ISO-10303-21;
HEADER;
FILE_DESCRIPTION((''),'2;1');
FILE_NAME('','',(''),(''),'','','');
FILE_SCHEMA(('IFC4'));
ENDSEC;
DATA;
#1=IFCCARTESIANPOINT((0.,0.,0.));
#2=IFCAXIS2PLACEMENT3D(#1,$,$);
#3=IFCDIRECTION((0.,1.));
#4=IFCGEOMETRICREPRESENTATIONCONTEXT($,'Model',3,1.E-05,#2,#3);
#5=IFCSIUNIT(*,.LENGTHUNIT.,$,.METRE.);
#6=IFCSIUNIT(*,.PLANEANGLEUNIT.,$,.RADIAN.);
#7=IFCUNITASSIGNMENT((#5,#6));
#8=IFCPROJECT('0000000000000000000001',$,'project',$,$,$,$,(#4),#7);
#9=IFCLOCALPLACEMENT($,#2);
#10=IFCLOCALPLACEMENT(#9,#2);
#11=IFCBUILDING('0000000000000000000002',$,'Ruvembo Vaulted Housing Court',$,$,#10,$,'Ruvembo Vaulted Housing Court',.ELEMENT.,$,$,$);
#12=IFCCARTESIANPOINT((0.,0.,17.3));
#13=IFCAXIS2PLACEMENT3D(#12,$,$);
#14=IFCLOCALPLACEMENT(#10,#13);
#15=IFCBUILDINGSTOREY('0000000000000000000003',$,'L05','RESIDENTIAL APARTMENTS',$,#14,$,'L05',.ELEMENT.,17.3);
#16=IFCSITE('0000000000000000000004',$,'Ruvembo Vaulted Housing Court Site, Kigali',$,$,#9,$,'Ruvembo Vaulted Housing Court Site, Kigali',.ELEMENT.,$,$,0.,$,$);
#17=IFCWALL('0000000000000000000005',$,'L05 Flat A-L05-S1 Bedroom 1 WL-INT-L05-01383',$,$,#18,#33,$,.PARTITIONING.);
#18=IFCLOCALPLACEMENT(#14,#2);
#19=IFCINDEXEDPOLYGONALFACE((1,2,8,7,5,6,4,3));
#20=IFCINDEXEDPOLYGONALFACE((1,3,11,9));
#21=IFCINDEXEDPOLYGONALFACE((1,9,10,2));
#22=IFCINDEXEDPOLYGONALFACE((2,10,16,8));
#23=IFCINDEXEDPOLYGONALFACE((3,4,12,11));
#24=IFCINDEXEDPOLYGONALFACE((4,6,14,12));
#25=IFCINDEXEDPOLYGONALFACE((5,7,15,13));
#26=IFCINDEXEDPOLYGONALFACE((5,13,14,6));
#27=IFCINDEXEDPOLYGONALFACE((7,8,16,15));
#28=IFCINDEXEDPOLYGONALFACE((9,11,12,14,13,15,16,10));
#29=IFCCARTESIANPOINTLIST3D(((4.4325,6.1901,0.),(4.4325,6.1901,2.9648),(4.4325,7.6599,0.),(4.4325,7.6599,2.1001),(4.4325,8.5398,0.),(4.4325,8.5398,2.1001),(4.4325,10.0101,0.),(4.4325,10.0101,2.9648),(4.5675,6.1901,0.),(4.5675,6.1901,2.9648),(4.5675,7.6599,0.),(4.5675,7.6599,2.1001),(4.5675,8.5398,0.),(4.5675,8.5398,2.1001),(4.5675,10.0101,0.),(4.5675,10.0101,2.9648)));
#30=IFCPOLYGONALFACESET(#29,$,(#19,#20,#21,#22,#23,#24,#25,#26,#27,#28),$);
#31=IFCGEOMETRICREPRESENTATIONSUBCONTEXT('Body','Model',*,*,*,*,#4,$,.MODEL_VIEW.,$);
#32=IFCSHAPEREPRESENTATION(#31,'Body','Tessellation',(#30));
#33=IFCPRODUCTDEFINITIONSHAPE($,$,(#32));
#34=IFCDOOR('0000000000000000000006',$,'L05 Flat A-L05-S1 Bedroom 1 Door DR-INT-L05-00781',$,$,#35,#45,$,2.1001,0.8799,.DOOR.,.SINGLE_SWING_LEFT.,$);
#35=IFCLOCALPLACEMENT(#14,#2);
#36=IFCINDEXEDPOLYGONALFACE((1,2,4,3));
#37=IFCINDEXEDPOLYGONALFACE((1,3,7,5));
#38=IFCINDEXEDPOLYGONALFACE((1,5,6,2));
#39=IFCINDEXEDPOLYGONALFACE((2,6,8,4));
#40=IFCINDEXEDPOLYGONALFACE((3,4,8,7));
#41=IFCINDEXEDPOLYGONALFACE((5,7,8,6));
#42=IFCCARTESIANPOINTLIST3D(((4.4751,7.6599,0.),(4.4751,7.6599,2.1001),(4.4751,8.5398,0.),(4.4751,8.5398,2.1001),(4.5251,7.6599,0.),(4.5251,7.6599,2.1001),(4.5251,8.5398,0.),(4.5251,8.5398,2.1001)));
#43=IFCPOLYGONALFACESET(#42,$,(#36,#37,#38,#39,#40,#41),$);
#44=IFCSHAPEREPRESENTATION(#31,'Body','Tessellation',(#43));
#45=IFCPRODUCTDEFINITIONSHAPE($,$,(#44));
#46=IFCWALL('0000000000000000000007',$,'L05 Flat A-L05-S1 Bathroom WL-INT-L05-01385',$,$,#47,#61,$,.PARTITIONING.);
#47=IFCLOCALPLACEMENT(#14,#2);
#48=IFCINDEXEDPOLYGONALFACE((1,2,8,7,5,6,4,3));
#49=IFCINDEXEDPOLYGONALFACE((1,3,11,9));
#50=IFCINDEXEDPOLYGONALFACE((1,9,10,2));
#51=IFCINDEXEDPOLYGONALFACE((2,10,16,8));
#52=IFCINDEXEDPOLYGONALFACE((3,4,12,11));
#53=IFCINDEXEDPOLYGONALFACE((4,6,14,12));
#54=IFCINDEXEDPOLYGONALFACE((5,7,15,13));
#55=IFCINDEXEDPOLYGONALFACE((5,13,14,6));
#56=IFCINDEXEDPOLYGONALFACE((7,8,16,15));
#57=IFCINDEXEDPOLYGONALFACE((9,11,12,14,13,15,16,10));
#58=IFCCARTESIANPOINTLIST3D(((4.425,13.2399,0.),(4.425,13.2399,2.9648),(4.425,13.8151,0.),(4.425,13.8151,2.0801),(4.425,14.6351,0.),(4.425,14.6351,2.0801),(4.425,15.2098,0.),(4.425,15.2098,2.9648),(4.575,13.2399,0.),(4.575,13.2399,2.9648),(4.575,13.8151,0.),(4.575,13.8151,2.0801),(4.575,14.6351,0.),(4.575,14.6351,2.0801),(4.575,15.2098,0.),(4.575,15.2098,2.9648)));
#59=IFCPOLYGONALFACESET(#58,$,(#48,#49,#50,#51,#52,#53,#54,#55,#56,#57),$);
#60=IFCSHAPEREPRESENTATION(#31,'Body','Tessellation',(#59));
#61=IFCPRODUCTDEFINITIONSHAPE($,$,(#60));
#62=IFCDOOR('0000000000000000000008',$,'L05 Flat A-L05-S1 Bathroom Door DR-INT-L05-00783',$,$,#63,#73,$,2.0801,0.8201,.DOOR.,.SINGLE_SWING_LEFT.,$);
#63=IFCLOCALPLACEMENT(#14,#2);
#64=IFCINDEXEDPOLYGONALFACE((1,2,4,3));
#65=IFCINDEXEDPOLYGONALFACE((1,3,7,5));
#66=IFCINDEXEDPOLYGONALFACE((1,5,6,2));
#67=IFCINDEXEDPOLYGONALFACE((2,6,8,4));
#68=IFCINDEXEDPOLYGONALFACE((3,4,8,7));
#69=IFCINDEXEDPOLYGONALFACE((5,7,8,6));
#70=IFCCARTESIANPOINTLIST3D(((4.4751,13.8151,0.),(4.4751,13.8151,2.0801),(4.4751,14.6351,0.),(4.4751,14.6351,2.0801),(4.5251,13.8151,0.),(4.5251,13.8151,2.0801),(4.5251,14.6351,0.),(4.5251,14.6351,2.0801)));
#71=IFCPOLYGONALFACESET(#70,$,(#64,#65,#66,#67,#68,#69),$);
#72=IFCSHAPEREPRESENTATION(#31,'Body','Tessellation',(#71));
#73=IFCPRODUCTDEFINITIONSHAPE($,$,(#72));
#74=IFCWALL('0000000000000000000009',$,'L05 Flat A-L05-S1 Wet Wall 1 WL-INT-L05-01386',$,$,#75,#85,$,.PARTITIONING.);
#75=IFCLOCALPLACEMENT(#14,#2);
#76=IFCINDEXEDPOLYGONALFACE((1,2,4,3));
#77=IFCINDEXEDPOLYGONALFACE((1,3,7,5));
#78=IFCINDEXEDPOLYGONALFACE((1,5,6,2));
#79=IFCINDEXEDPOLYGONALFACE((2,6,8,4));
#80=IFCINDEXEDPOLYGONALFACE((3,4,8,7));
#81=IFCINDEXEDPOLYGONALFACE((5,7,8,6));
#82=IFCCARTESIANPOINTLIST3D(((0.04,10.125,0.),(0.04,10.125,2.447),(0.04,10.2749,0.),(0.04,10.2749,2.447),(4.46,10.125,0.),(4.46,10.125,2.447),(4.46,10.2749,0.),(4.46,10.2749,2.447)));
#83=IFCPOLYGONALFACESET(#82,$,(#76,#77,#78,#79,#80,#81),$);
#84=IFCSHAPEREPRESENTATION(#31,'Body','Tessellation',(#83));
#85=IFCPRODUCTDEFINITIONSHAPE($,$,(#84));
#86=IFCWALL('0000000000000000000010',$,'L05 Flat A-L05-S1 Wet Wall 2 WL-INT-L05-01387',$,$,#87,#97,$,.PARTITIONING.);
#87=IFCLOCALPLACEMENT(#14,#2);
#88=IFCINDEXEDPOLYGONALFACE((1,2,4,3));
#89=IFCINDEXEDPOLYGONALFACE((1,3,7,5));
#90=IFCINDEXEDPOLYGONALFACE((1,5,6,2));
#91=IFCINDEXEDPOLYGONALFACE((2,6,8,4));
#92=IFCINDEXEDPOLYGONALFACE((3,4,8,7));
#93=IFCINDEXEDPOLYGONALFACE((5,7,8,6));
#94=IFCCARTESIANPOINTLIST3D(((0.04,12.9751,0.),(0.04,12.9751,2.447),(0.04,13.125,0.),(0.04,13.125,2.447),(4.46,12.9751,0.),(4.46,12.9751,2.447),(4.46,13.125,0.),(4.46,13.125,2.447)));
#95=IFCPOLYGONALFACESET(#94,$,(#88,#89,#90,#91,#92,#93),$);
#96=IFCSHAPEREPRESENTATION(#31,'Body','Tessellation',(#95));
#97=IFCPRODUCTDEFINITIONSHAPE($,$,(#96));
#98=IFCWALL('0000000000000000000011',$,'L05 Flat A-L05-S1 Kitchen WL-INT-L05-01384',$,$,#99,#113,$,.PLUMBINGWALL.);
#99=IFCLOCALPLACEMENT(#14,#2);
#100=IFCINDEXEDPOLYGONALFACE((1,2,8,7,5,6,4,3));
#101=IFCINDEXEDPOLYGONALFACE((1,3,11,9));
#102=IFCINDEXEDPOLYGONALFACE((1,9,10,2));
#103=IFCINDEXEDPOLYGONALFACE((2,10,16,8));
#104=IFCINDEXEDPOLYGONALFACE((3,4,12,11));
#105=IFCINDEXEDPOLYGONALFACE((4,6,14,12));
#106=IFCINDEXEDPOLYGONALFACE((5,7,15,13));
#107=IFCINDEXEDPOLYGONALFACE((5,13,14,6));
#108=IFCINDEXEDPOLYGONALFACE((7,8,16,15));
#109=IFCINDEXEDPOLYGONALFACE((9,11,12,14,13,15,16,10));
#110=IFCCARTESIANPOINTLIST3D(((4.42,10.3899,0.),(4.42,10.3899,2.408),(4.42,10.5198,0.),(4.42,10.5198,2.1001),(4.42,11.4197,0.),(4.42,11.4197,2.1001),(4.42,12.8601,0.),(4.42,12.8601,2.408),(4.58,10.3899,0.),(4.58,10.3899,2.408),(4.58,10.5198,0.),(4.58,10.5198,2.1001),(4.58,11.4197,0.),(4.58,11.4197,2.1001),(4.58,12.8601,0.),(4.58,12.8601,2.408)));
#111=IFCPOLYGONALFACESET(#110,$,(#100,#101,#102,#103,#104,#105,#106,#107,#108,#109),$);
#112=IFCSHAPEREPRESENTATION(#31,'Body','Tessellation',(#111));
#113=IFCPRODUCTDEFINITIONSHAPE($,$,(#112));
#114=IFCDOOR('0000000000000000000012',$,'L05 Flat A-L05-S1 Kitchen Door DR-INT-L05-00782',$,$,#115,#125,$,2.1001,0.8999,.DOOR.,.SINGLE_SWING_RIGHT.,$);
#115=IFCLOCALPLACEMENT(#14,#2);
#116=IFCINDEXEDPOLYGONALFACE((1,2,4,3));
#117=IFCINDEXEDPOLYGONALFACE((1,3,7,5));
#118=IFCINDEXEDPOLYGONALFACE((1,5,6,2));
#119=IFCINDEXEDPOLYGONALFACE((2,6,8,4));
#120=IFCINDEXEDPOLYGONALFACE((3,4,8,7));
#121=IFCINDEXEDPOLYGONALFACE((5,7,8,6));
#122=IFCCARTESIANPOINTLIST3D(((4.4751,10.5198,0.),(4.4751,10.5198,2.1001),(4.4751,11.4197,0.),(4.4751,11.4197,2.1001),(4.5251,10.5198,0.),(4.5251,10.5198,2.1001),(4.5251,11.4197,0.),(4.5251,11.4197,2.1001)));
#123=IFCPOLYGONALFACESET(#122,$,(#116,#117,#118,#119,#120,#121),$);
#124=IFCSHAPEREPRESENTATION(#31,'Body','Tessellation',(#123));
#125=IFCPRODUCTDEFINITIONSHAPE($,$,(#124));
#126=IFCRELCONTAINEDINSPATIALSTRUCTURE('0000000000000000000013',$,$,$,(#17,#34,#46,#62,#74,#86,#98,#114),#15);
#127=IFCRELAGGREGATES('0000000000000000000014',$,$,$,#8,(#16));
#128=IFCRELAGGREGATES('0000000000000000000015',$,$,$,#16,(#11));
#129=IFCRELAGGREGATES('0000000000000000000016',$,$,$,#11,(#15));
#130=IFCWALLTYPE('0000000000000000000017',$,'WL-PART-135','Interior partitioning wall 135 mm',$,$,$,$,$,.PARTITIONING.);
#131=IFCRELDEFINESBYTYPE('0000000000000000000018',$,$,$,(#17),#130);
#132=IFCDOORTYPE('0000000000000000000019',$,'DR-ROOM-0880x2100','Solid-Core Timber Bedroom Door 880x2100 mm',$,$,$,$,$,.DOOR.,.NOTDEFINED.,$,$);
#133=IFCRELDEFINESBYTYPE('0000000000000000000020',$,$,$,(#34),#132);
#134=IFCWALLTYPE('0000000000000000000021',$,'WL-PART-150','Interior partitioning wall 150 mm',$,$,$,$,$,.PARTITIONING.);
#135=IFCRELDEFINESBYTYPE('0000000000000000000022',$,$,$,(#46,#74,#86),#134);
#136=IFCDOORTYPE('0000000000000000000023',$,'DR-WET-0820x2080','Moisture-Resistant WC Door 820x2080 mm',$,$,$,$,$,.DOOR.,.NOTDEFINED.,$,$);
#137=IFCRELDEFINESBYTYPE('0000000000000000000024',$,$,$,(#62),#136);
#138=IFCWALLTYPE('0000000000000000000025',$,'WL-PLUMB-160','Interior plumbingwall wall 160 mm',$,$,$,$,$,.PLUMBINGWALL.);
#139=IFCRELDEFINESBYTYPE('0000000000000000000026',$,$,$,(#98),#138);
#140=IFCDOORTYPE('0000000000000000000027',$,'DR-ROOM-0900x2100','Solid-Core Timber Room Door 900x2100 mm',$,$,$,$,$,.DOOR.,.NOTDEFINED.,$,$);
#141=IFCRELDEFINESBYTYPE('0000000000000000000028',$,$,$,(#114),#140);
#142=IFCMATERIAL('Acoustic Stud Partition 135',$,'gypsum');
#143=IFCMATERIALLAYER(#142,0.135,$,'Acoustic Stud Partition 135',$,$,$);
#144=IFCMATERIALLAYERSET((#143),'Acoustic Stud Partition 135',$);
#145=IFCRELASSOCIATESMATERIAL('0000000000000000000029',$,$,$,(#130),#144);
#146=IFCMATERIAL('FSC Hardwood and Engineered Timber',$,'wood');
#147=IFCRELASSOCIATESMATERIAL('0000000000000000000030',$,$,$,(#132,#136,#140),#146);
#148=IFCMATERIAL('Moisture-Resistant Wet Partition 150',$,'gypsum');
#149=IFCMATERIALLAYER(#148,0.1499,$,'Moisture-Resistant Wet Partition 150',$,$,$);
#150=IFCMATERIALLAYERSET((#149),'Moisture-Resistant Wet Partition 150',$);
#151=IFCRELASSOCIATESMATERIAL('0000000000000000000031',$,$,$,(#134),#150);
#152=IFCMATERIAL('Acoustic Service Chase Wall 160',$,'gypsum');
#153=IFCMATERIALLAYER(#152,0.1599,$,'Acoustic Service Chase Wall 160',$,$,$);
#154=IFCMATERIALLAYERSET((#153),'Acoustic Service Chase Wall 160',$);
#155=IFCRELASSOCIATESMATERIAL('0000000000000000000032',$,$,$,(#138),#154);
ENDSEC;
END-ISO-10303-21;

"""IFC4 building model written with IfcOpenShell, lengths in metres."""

from ifc_helpers import new_model, si_unit, direction, frame, frame_2d, origin, place, context, subcontext, project, spatial, rectangle, extrude, material, layer, layer_set, type_object, element, fill, save


model = new_model("IFC4")

# Units and contexts
model_context = context("Model", 3, precision=1e-05, world=origin(), true_north=direction((0.0, 1.0)))
body_context = subcontext(model_context, "Body", "Model", "MODEL_VIEW")
ifc_project = project(units=[si_unit("LENGTHUNIT", "METRE"), si_unit("PLANEANGLEUNIT", "RADIAN")], contexts=[model_context])

# Site, building, storey
site_placement = place(None, origin())
site = spatial("IfcSite", under=ifc_project, at=site_placement, Name="Ruvembo Vaulted Housing Court Site, Kigali", LongName="Ruvembo Vaulted Housing Court Site, Kigali", CompositionType="ELEMENT", RefElevation=0.0)
building_placement = place(site_placement, origin())
building = spatial("IfcBuilding", under=site, at=building_placement, Name="Ruvembo Vaulted Housing Court", LongName="Ruvembo Vaulted Housing Court", CompositionType="ELEMENT")
storey_placement = place(building_placement, frame((0.0, 0.0, 17.3)))
storey = spatial("IfcBuildingStorey", under=building, at=storey_placement, Name="L05", Description="RESIDENTIAL APARTMENTS", LongName="L05", CompositionType="ELEMENT", Elevation=17.3)

# Shared definitions
ifc_material_1 = material(Name="FSC Hardwood and Engineered Timber", Category="wood")

# Walls, openings, doors
ifc_material_2 = material(Name="Acoustic Stud Partition 135", Category="gypsum")
ifc_layer_1 = layer(ifc_material_2, 0.135, Name="Acoustic Stud Partition 135")
ifc_layer_set_1 = layer_set([ifc_layer_1], Name="Acoustic Stud Partition 135")
wall_type_1 = type_object("IfcWallType", Name="WL-PART-135", Description="Interior partitioning wall 135 mm", PredefinedType="PARTITIONING", material=ifc_layer_set_1)
wall_1_placement = place(storey_placement, frame((4.5, 6.1899, 0.0), z_axis=(0.0, 0.0, 1.0), x_axis=(0.0, 1.0, 0.0)))
wall_1 = element("IfcWall", 1, at=wall_1_placement, inside=storey, type_object=wall_type_1, Name="L05 Flat A-L05-S1 Bedroom 1 WL-INT-L05-01383", PredefinedType="PARTITIONING", context=body_context, shape_type="SweptSolid", body=[
    extrude(rectangle(XDim=3.8201, YDim=0.135, at=frame_2d((1.9102, 0.0))), origin(), (0.0, 0.0, 1.0), 2.9648),
])
opening_1_placement = place(wall_1_placement, frame((1.47, 0.0, 0.0)))
opening_1 = element("IfcOpeningElement", 2, at=opening_1_placement, cuts=wall_1, PredefinedType="OPENING", context=body_context, shape_type="SweptSolid", body=[
    extrude(rectangle(XDim=0.8799, YDim=2.1001, at=frame_2d((0.4399, 1.05))), frame((0.0, 0.0774, 0.0), z_axis=(0.0, -1.0, 0.0), x_axis=(1.0, 0.0, 0.0)), (0.0, 0.0, 1.0), 0.155),
])
door_type_1 = type_object("IfcDoorType", Name="DR-ROOM-0880x2100", Description="Solid-Core Timber Bedroom Door 880x2100 mm", OperationType="NOTDEFINED", PredefinedType="DOOR", material=ifc_material_1)
door_1_placement = place(opening_1_placement, origin())
door_1 = element("IfcDoor", 3, at=door_1_placement, inside=storey, type_object=door_type_1, Name="L05 Flat A-L05-S1 Bedroom 1 Door DR-INT-L05-00781", OperationType="SINGLE_SWING_LEFT", OverallHeight=2.1001, OverallWidth=0.8799, PredefinedType="DOOR", context=body_context, shape_type="SweptSolid", body=[
    extrude(rectangle(XDim=0.8799, YDim=2.1001, at=frame_2d((0.4399, 1.05))), frame((0.0, 0.0249, 0.0), z_axis=(0.0, -1.0, 0.0), x_axis=(1.0, 0.0, 0.0)), (0.0, 0.0, 1.0), 0.05),
])
fill(opening_1, door_1)
ifc_material_3 = material(Name="Moisture-Resistant Wet Partition 150", Category="gypsum")
ifc_layer_2 = layer(ifc_material_3, 0.1499, Name="Moisture-Resistant Wet Partition 150")
ifc_layer_set_2 = layer_set([ifc_layer_2], Name="Moisture-Resistant Wet Partition 150")
wall_type_2 = type_object("IfcWallType", Name="WL-PART-150", Description="Interior partitioning wall 150 mm", PredefinedType="PARTITIONING", material=ifc_layer_set_2)
wall_2_placement = place(storey_placement, frame((4.5, 13.24, 0.0), z_axis=(0.0, 0.0, 1.0), x_axis=(0.0, 1.0, 0.0)))
wall_2 = element("IfcWall", 4, at=wall_2_placement, inside=storey, type_object=wall_type_2, Name="L05 Flat A-L05-S1 Bathroom WL-INT-L05-01385", PredefinedType="PARTITIONING", context=body_context, shape_type="SweptSolid", body=[
    extrude(rectangle(XDim=1.97, YDim=0.1499, at=frame_2d((0.9849, 0.0))), origin(), (0.0, 0.0, 1.0), 2.9648),
])
opening_2_placement = place(wall_2_placement, frame((0.575, 0.0, 0.0)))
opening_2 = element("IfcOpeningElement", 5, at=opening_2_placement, cuts=wall_2, PredefinedType="OPENING", context=body_context, shape_type="SweptSolid", body=[
    extrude(rectangle(XDim=0.8201, YDim=2.0801, at=frame_2d((0.4102, 1.04))), frame((0.0, 0.085, 0.0), z_axis=(0.0, -1.0, 0.0), x_axis=(1.0, 0.0, 0.0)), (0.0, 0.0, 1.0), 0.1699),
])
door_type_2 = type_object("IfcDoorType", Name="DR-WET-0820x2080", Description="Moisture-Resistant WC Door 820x2080 mm", OperationType="NOTDEFINED", PredefinedType="DOOR", material=ifc_material_1)
door_2_placement = place(opening_2_placement, origin())
door_2 = element("IfcDoor", 6, at=door_2_placement, inside=storey, type_object=door_type_2, Name="L05 Flat A-L05-S1 Bathroom Door DR-INT-L05-00783", OperationType="SINGLE_SWING_LEFT", OverallHeight=2.0801, OverallWidth=0.8201, PredefinedType="DOOR", context=body_context, shape_type="SweptSolid", body=[
    extrude(rectangle(XDim=0.8201, YDim=2.0801, at=frame_2d((0.4102, 1.04))), frame((0.0, 0.0249, 0.0), z_axis=(0.0, -1.0, 0.0), x_axis=(1.0, 0.0, 0.0)), (0.0, 0.0, 1.0), 0.05),
])
fill(opening_2, door_2)

# Walls
for number, where, z_axis, x_axis, name in (
    (7, (0.04, 10.2, 0.0), (0.0, 0.0, 1.0), (1.0, 0.0, 0.0), "L05 Flat A-L05-S1 Wet Wall 1 WL-INT-L05-01386"),
    (8, (0.04, 13.05, 0.0), (0.0, 0.0, 1.0), (1.0, 0.0, 0.0), "L05 Flat A-L05-S1 Wet Wall 2 WL-INT-L05-01387"),
):
    element("IfcWall", number, at=place(storey_placement, frame(where, z_axis=z_axis, x_axis=x_axis)), inside=storey, type_object=wall_type_2, Name=name, PredefinedType="PARTITIONING", context=body_context, shape_type="SweptSolid", body=[
        extrude(rectangle(XDim=4.4199, YDim=0.1499, at=frame_2d((2.21, 0.0))), origin(), (0.0, 0.0, 1.0), 2.447),
    ])

# Wall, opening, door
ifc_material_4 = material(Name="Acoustic Service Chase Wall 160", Category="gypsum")
ifc_layer_3 = layer(ifc_material_4, 0.1599, Name="Acoustic Service Chase Wall 160")
ifc_layer_set_3 = layer_set([ifc_layer_3], Name="Acoustic Service Chase Wall 160")
wall_type_3 = type_object("IfcWallType", Name="WL-PLUMB-160", Description="Interior plumbingwall wall 160 mm", PredefinedType="PLUMBINGWALL", material=ifc_layer_set_3)
wall_3_placement = place(storey_placement, frame((4.5, 10.3899, 0.0), z_axis=(0.0, 0.0, 1.0), x_axis=(0.0, 1.0, 0.0)))
wall_3 = element("IfcWall", 9, at=wall_3_placement, inside=storey, type_object=wall_type_3, Name="L05 Flat A-L05-S1 Kitchen WL-INT-L05-01384", PredefinedType="PLUMBINGWALL", context=body_context, shape_type="SweptSolid", body=[
    extrude(rectangle(XDim=2.4702, YDim=0.1599, at=frame_2d((1.2351, 0.0))), origin(), (0.0, 0.0, 1.0), 2.408),
])
opening_3_placement = place(wall_3_placement, frame((0.1299, 0.0, 0.0)))
opening_3 = element("IfcOpeningElement", 10, at=opening_3_placement, cuts=wall_3, PredefinedType="OPENING", context=body_context, shape_type="SweptSolid", body=[
    extrude(rectangle(XDim=0.8999, YDim=2.1001, at=frame_2d((0.45, 1.05))), frame((0.0, 0.0898, 0.0), z_axis=(0.0, -1.0, 0.0), x_axis=(1.0, 0.0, 0.0)), (0.0, 0.0, 1.0), 0.1799),
])
door_type_3 = type_object("IfcDoorType", Name="DR-ROOM-0900x2100", Description="Solid-Core Timber Room Door 900x2100 mm", OperationType="NOTDEFINED", PredefinedType="DOOR", material=ifc_material_1)
door_3_placement = place(opening_3_placement, origin())
door_3 = element("IfcDoor", 11, at=door_3_placement, inside=storey, type_object=door_type_3, Name="L05 Flat A-L05-S1 Kitchen Door DR-INT-L05-00782", OperationType="SINGLE_SWING_RIGHT", OverallHeight=2.1001, OverallWidth=0.8999, PredefinedType="DOOR", context=body_context, shape_type="SweptSolid", body=[
    extrude(rectangle(XDim=0.8999, YDim=2.1001, at=frame_2d((0.45, 1.05))), frame((0.0, 0.0249, 0.0), z_axis=(0.0, -1.0, 0.0), x_axis=(1.0, 0.0, 0.0)), (0.0, 0.0, 1.0), 0.05),
])
fill(opening_3, door_3)

save(model, "model.ifc")
